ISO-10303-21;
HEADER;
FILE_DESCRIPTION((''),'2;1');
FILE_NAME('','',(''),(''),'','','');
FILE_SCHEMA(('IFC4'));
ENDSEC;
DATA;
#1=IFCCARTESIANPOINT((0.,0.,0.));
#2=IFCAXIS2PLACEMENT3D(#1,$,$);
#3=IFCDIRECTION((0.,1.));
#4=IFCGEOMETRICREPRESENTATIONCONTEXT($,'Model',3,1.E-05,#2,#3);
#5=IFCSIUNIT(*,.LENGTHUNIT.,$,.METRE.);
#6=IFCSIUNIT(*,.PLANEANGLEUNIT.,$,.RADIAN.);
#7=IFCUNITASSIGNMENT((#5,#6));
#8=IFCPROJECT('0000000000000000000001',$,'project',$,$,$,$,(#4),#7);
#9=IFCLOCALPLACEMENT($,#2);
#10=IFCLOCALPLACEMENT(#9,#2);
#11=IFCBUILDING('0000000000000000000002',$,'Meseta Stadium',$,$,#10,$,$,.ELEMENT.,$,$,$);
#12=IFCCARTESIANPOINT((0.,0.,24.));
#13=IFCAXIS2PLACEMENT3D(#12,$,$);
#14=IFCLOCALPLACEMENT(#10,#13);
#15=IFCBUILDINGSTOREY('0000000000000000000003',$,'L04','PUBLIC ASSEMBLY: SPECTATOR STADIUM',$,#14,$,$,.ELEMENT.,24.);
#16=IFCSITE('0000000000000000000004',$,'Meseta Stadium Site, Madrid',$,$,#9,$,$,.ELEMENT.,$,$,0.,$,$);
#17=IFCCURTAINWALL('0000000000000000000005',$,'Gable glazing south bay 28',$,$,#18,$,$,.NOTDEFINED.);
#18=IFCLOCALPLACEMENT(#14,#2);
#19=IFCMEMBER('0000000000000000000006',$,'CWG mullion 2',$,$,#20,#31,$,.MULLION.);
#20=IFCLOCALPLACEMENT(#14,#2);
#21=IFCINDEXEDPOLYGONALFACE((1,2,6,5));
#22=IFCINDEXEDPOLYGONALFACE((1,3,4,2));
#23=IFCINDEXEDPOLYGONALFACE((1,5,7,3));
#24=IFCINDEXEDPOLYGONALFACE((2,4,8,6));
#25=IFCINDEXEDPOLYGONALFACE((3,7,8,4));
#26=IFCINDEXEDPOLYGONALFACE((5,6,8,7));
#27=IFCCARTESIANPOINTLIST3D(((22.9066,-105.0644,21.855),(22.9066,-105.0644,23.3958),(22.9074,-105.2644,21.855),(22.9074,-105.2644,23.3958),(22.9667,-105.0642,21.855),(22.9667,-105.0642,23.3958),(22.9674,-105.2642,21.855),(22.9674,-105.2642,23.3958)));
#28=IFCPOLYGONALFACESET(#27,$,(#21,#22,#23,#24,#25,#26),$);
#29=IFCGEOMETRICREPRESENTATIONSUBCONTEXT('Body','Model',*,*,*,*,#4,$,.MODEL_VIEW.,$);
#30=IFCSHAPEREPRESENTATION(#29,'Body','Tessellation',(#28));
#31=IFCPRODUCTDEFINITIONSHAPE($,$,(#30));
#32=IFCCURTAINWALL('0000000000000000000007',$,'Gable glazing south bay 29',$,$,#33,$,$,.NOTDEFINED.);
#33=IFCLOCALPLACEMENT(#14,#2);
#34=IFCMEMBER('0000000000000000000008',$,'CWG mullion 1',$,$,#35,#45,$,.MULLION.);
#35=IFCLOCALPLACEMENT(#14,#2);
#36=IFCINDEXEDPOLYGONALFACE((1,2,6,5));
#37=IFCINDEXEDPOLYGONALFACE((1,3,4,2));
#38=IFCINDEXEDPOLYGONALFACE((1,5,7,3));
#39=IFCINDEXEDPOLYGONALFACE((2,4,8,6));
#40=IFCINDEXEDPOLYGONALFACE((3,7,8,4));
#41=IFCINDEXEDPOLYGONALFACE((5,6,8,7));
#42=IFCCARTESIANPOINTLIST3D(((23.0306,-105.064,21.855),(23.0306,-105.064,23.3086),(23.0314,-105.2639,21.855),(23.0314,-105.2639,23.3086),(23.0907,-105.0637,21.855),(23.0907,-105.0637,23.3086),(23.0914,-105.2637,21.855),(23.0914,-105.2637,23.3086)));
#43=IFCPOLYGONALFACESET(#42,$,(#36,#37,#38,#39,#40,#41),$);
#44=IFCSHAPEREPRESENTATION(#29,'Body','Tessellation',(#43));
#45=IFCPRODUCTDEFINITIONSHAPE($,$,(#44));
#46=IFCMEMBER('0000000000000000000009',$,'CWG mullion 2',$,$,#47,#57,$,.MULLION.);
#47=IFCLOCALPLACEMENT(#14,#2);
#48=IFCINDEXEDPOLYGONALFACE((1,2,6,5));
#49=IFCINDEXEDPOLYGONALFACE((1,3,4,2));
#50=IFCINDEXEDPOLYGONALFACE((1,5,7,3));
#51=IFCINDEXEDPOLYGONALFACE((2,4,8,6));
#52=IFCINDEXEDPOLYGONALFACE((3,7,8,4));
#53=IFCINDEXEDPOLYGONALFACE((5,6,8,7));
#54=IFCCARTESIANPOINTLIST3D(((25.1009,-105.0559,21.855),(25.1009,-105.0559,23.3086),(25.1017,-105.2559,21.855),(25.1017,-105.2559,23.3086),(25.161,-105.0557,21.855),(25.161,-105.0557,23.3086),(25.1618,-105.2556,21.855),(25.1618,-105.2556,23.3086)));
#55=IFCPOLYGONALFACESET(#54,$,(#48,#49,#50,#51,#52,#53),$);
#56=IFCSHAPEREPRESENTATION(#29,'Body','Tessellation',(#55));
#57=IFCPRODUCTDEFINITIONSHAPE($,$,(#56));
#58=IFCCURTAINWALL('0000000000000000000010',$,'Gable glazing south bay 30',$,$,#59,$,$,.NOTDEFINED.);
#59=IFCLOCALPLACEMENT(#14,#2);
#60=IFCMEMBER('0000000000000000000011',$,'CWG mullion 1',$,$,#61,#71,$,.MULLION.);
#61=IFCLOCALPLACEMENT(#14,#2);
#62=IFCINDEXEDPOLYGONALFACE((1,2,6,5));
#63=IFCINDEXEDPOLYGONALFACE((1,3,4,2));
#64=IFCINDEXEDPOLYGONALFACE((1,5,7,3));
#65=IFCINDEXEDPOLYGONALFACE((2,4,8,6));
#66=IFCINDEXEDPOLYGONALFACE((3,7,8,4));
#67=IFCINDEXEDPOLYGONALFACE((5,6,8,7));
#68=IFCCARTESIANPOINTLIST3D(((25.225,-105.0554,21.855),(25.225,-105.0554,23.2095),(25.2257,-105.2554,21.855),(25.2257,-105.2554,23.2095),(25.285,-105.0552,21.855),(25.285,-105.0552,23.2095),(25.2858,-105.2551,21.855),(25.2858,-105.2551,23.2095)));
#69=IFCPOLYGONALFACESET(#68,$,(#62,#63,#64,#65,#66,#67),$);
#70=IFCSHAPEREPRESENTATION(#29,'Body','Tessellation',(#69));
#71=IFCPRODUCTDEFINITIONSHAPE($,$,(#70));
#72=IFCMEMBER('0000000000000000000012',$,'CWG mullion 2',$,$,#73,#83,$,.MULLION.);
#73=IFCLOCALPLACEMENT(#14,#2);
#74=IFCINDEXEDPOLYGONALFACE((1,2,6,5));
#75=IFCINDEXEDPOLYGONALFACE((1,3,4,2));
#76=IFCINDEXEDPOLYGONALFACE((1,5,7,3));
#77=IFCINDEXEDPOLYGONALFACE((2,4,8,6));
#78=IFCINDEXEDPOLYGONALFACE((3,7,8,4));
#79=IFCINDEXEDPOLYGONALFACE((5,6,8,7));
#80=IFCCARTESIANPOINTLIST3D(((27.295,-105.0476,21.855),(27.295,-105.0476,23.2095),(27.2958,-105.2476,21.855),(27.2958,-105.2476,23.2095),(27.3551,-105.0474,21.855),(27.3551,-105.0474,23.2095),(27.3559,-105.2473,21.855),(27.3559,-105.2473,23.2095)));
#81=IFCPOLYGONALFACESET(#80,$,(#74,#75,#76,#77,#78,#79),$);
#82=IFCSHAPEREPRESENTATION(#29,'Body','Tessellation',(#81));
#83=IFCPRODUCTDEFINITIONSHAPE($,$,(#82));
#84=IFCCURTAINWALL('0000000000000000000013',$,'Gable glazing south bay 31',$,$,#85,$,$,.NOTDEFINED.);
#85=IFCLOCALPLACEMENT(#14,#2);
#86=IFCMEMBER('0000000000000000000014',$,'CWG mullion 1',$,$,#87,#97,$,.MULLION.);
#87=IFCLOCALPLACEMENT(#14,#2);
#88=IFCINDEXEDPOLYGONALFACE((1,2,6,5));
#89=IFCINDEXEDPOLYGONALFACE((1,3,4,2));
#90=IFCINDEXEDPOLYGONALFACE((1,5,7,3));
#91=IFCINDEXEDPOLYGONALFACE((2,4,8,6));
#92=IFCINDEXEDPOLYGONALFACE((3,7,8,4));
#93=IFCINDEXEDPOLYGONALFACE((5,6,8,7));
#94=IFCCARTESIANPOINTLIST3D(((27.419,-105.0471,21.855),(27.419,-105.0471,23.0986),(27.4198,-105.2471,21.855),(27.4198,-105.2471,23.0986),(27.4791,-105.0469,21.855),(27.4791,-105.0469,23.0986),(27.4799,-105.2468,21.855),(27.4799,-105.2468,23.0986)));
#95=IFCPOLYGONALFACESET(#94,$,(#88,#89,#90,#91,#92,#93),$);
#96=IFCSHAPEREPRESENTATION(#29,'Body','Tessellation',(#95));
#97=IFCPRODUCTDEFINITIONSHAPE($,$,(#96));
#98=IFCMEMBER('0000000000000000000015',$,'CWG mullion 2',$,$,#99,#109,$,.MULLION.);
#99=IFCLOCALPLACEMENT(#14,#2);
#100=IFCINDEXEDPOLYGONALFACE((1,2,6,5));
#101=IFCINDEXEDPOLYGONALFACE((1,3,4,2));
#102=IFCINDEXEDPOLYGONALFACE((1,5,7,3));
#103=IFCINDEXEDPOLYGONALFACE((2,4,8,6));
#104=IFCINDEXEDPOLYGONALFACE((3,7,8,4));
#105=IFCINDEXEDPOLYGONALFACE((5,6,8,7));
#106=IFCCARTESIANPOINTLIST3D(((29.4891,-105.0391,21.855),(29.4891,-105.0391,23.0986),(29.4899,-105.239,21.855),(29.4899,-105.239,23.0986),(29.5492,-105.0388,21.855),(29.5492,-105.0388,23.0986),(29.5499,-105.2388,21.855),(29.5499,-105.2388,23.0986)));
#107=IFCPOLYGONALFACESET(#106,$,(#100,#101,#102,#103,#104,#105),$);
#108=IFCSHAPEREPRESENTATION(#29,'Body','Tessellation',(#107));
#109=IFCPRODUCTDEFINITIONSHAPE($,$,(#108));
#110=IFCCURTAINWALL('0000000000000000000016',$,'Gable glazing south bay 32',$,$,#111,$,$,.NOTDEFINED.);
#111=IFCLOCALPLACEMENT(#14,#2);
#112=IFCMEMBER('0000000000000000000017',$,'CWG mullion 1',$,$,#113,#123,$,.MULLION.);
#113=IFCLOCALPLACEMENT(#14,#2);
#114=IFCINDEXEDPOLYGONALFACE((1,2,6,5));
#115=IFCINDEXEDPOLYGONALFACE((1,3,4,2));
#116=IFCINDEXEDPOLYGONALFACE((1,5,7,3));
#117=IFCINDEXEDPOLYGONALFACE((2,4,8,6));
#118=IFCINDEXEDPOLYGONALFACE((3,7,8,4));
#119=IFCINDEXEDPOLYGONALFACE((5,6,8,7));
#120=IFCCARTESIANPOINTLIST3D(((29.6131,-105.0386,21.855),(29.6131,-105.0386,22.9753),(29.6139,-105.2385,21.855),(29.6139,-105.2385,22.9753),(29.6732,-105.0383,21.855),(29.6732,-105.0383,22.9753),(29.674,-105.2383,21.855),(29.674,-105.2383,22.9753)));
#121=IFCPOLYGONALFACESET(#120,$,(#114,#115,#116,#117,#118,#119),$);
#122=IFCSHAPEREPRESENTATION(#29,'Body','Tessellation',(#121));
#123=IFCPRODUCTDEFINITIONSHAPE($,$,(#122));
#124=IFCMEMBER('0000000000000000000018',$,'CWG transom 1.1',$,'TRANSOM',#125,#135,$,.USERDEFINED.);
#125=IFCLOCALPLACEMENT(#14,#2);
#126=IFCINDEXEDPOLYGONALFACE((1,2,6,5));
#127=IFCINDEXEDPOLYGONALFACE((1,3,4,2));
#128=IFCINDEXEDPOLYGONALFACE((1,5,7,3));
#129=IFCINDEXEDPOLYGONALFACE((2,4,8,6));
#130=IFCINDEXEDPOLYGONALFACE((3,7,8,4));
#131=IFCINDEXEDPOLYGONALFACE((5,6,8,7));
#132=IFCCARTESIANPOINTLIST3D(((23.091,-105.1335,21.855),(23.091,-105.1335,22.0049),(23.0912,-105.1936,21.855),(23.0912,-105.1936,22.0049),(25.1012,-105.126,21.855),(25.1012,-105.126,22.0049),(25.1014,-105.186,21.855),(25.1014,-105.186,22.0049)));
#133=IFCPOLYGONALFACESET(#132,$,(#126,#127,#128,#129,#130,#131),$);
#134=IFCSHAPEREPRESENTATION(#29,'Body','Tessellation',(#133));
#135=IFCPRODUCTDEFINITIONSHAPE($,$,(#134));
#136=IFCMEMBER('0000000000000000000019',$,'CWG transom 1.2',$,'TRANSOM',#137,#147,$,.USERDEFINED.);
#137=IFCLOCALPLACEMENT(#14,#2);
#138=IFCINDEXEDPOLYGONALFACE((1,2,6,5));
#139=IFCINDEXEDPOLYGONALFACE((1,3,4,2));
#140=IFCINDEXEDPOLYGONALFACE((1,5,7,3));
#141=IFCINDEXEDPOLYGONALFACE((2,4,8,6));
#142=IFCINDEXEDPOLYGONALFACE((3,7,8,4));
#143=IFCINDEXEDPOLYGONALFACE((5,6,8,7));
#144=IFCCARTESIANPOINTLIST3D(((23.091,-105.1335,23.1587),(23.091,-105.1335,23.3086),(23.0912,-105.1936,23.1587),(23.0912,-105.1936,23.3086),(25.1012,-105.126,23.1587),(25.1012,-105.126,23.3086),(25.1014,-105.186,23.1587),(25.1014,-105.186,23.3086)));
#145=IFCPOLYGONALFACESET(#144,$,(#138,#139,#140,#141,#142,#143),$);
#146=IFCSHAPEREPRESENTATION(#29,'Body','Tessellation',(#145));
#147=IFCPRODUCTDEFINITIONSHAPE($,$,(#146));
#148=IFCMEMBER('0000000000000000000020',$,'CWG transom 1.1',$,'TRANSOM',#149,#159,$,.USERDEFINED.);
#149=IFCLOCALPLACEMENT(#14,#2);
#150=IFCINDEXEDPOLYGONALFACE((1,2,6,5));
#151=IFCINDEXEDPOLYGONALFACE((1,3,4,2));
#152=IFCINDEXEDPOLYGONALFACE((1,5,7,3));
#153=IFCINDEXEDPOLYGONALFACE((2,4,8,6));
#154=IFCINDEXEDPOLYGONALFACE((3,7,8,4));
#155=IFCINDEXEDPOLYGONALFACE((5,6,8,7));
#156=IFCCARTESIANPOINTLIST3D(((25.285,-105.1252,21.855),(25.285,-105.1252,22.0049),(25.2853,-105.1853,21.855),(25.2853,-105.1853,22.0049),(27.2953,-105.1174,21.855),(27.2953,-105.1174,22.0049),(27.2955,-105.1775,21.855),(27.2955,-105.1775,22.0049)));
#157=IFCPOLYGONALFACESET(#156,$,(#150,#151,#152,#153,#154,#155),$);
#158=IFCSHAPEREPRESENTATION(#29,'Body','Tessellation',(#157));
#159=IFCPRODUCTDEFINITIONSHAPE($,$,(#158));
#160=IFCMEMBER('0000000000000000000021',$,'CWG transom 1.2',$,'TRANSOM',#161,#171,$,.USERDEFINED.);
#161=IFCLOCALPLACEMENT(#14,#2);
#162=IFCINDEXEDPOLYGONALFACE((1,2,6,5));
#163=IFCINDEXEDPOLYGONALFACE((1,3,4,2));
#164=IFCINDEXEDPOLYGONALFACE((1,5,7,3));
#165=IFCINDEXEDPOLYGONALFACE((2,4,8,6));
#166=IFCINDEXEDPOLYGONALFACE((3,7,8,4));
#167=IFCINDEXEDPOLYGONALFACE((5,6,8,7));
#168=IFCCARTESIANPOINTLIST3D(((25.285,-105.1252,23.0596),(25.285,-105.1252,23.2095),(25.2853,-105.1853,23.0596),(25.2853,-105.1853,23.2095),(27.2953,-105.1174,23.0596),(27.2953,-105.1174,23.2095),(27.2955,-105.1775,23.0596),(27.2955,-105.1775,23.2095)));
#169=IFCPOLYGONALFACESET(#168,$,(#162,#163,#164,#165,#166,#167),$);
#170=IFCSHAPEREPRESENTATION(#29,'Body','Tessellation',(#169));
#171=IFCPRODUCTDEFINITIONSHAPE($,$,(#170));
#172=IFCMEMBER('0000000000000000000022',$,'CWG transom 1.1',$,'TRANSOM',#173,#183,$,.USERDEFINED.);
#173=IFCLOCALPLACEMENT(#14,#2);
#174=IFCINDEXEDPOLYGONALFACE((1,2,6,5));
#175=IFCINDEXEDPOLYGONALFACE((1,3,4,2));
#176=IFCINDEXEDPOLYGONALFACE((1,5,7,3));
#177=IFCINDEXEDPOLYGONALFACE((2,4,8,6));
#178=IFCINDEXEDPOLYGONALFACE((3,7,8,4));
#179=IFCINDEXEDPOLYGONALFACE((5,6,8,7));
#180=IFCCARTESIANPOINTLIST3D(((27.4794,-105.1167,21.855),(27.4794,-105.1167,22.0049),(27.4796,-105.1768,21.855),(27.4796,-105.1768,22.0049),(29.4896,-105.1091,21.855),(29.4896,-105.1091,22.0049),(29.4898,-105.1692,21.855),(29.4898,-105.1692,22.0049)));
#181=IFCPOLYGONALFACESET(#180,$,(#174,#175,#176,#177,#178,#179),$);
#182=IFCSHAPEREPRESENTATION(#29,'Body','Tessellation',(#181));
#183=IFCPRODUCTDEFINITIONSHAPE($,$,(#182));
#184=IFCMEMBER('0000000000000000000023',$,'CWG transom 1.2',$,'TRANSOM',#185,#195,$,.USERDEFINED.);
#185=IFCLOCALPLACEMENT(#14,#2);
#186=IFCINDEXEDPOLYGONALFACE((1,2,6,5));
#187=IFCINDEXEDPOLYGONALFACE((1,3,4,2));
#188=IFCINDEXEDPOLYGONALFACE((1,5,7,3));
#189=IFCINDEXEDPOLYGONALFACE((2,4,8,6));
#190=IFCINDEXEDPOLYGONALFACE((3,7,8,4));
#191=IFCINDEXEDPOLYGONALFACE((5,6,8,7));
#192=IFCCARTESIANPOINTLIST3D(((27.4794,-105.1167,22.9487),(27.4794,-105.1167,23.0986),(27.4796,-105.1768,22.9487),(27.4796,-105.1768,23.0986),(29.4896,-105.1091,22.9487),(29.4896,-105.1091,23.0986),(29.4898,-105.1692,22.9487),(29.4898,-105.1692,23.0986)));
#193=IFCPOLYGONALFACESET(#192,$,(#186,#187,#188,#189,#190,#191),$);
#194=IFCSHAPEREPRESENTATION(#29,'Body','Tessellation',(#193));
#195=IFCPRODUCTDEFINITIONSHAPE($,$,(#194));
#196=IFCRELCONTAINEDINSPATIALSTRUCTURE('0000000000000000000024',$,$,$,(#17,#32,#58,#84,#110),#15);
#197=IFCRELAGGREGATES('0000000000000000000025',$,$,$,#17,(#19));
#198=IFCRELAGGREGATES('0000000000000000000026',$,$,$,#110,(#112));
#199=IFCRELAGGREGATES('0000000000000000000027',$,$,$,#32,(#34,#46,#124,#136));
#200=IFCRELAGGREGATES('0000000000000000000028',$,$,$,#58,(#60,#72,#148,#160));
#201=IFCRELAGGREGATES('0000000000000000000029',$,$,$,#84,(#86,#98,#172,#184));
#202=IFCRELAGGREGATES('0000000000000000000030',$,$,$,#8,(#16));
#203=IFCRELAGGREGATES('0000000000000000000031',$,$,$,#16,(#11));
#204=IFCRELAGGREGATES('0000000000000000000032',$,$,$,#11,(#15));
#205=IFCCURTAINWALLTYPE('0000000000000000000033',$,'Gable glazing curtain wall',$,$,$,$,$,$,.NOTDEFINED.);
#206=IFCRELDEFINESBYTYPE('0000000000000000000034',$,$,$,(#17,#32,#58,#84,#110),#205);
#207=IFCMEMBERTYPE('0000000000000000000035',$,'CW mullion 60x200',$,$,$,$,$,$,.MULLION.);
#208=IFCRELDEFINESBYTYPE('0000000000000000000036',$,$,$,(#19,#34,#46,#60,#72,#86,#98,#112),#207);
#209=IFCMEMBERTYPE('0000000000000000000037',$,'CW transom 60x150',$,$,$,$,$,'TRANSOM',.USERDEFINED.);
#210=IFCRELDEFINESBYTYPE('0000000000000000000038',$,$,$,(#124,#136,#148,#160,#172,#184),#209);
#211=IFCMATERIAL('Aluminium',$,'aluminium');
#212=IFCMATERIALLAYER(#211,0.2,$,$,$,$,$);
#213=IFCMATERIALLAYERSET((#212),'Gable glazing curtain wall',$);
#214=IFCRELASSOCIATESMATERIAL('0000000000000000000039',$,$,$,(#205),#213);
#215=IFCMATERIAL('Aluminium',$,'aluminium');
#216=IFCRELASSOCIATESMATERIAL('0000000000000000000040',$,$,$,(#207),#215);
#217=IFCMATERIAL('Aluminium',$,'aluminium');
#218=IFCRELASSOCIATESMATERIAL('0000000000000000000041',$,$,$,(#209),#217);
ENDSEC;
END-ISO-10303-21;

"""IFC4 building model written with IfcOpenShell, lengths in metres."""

from ifc_helpers import new_model, si_unit, direction, frame, origin, origin_2d, place, context, subcontext, project, spatial, rectangle, extrude, material, layer, layer_set, material_profile, profile_set, type_object, element, aggregate, save


model = new_model("IFC4")

# Units and contexts
model_context = context("Model", 3, precision=1e-05, world=origin(), true_north=direction((0.0, 1.0)))
body_context = subcontext(model_context, "Body", "Model", "MODEL_VIEW")
ifc_project = project(units=[si_unit("LENGTHUNIT", "METRE"), si_unit("PLANEANGLEUNIT", "RADIAN")], contexts=[model_context])

# Site, building, storey
site_placement = place(None, origin())
site = spatial("IfcSite", under=ifc_project, at=site_placement, Name="Meseta Stadium Site, Madrid", CompositionType="ELEMENT", RefElevation=0.0)
building_placement = place(site_placement, origin())
building = spatial("IfcBuilding", under=site, at=building_placement, Name="Meseta Stadium", CompositionType="ELEMENT")
storey_placement = place(building_placement, frame((0.0, 0.0, 24.0)))
storey = spatial("IfcBuildingStorey", under=building, at=storey_placement, Name="L04", Description="PUBLIC ASSEMBLY: SPECTATOR STADIUM", CompositionType="ELEMENT", Elevation=24.0)

# Curtain wall, member
ifc_material_1 = material(Name="Aluminium", Category="aluminium")
ifc_layer_1 = layer(ifc_material_1, 0.2)
ifc_layer_set_1 = layer_set([ifc_layer_1], Name="Gable glazing curtain wall")
curtain_wall_type = type_object("IfcCurtainWallType", Name="Gable glazing curtain wall", PredefinedType="NOTDEFINED", material=ifc_layer_set_1)
curtain_wall_1_placement = place(storey_placement, origin())
curtain_wall_1 = element("IfcCurtainWall", 1, at=curtain_wall_1_placement, inside=storey, type_object=curtain_wall_type, Name="Gable glazing south bay 28", PredefinedType="NOTDEFINED")
ifc_material_2 = material(Name="Aluminium", Category="aluminium")
ifc_material_profile_1 = material_profile(ifc_material_2, rectangle(XDim=0.2, YDim=0.0601, at=origin_2d()), Name="CW 200x60")
ifc_profile_set_1 = profile_set([ifc_material_profile_1], Name="Aluminium")
member_type_1 = type_object("IfcMemberType", Name="CW mullion 60x200", PredefinedType="MULLION", material=ifc_profile_set_1)
member_1_placement = place(storey_placement, frame((22.937, -105.1643, 21.855), z_axis=(0.0, 0.0, 1.0), x_axis=(-0.003848, 0.999993, 0.0)))
member_1 = element("IfcMember", 2, at=member_1_placement, type_object=member_type_1, Name="CWG mullion 2", PredefinedType="MULLION", context=body_context, shape_type="SweptSolid", body=[
    extrude(rectangle(XDim=0.2, YDim=0.0601, at=origin_2d()), origin(), (0.0, 0.0, 1.0), 1.5408),
])
aggregate(curtain_wall_1, [member_1])

# Curtain walls, members
curtain_wall_2_placement = place(storey_placement, origin())
curtain_wall_2 = element("IfcCurtainWall", 3, at=curtain_wall_2_placement, inside=storey, type_object=curtain_wall_type, Name="Gable glazing south bay 29", PredefinedType="NOTDEFINED")
member_2_placement = place(storey_placement, frame((23.061, -105.1638, 21.855), z_axis=(0.0, 0.0, 1.0), x_axis=(-0.003848, 0.999993, 0.0)))
member_2 = element("IfcMember", 4, at=member_2_placement, type_object=member_type_1, Name="CWG mullion 1", PredefinedType="MULLION", context=body_context, shape_type="SweptSolid", body=[
    extrude(rectangle(XDim=0.2, YDim=0.0601, at=origin_2d()), origin(), (0.0, 0.0, 1.0), 1.4536),
])
member_3_placement = place(storey_placement, frame((25.1313, -105.1558, 21.855), z_axis=(0.0, 0.0, 1.0), x_axis=(-0.003848, 0.999993, 0.0)))
member_3 = element("IfcMember", 5, at=member_3_placement, type_object=member_type_1, Name="CWG mullion 2", PredefinedType="MULLION", context=body_context, shape_type="SweptSolid", body=[
    extrude(rectangle(XDim=0.2, YDim=0.0601, at=origin_2d()), origin(), (0.0, 0.0, 1.0), 1.4536),
])
curtain_wall_3_placement = place(storey_placement, origin())
curtain_wall_3 = element("IfcCurtainWall", 6, at=curtain_wall_3_placement, inside=storey, type_object=curtain_wall_type, Name="Gable glazing south bay 30", PredefinedType="NOTDEFINED")
member_4_placement = place(storey_placement, frame((25.2554, -105.1553, 21.855), z_axis=(0.0, 0.0, 1.0), x_axis=(-0.003848, 0.999993, 0.0)))
member_4 = element("IfcMember", 7, at=member_4_placement, type_object=member_type_1, Name="CWG mullion 1", PredefinedType="MULLION", context=body_context, shape_type="SweptSolid", body=[
    extrude(rectangle(XDim=0.2, YDim=0.0601, at=origin_2d()), origin(), (0.0, 0.0, 1.0), 1.3545),
])
member_5_placement = place(storey_placement, frame((27.3254, -105.1475, 21.855), z_axis=(0.0, 0.0, 1.0), x_axis=(-0.003848, 0.999993, 0.0)))
member_5 = element("IfcMember", 8, at=member_5_placement, type_object=member_type_1, Name="CWG mullion 2", PredefinedType="MULLION", context=body_context, shape_type="SweptSolid", body=[
    extrude(rectangle(XDim=0.2, YDim=0.0601, at=origin_2d()), origin(), (0.0, 0.0, 1.0), 1.3545),
])
curtain_wall_4_placement = place(storey_placement, origin())
curtain_wall_4 = element("IfcCurtainWall", 9, at=curtain_wall_4_placement, inside=storey, type_object=curtain_wall_type, Name="Gable glazing south bay 31", PredefinedType="NOTDEFINED")
member_6_placement = place(storey_placement, frame((27.4495, -105.147, 21.855), z_axis=(0.0, 0.0, 1.0), x_axis=(-0.003848, 0.999993, 0.0)))
member_6 = element("IfcMember", 10, at=member_6_placement, type_object=member_type_1, Name="CWG mullion 1", PredefinedType="MULLION", context=body_context, shape_type="SweptSolid", body=[
    extrude(rectangle(XDim=0.2, YDim=0.0601, at=origin_2d()), origin(), (0.0, 0.0, 1.0), 1.2437),
])
member_7_placement = place(storey_placement, frame((29.5195, -105.1389, 21.855), z_axis=(0.0, 0.0, 1.0), x_axis=(-0.003848, 0.999993, 0.0)))
member_7 = element("IfcMember", 11, at=member_7_placement, type_object=member_type_1, Name="CWG mullion 2", PredefinedType="MULLION", context=body_context, shape_type="SweptSolid", body=[
    extrude(rectangle(XDim=0.2, YDim=0.0601, at=origin_2d()), origin(), (0.0, 0.0, 1.0), 1.2437),
])

# Curtain wall, member
curtain_wall_5_placement = place(storey_placement, origin())
curtain_wall_5 = element("IfcCurtainWall", 12, at=curtain_wall_5_placement, inside=storey, type_object=curtain_wall_type, Name="Gable glazing south bay 32", PredefinedType="NOTDEFINED")
member_8_placement = place(storey_placement, frame((29.6436, -105.1384, 21.855), z_axis=(0.0, 0.0, 1.0), x_axis=(-0.003848, 0.999993, 0.0)))
member_8 = element("IfcMember", 13, at=member_8_placement, type_object=member_type_1, Name="CWG mullion 1", PredefinedType="MULLION", context=body_context, shape_type="SweptSolid", body=[
    extrude(rectangle(XDim=0.2, YDim=0.0601, at=origin_2d()), origin(), (0.0, 0.0, 1.0), 1.1204),
])

# Members
ifc_material_3 = material(Name="Aluminium", Category="aluminium")
ifc_material_profile_2 = material_profile(ifc_material_3, rectangle(XDim=0.0601, YDim=0.1499, at=origin_2d()), Name="CW 60x150")
ifc_profile_set_2 = profile_set([ifc_material_profile_2], Name="Aluminium")
member_type_2 = type_object("IfcMemberType", Name="CW transom 60x150", ElementType="TRANSOM", PredefinedType="USERDEFINED", material=ifc_profile_set_2)
member_9_placement = place(storey_placement, frame((23.0911, -105.1636, 21.9299), z_axis=(0.999993, 0.003765, 0.0), x_axis=(-0.003765, 0.999993, 0.0)))
member_9 = element("IfcMember", 14, at=member_9_placement, type_object=member_type_2, Name="CWG transom 1.1", ObjectType="TRANSOM", PredefinedType="USERDEFINED", context=body_context, shape_type="SweptSolid", body=[
    extrude(rectangle(XDim=0.0601, YDim=0.1499, at=origin_2d()), origin(), (0.0, 0.0, 1.0), 2.0103),
])
member_10_placement = place(storey_placement, frame((23.0911, -105.1636, 23.2336), z_axis=(0.999993, 0.003765, 0.0), x_axis=(-0.003765, 0.999993, 0.0)))
member_10 = element("IfcMember", 15, at=member_10_placement, type_object=member_type_2, Name="CWG transom 1.2", ObjectType="TRANSOM", PredefinedType="USERDEFINED", context=body_context, shape_type="SweptSolid", body=[
    extrude(rectangle(XDim=0.0601, YDim=0.1499, at=origin_2d()), origin(), (0.0, 0.0, 1.0), 2.0103),
])
member_11_placement = place(storey_placement, frame((25.2852, -105.1553, 21.9299), z_axis=(0.999992, 0.003886, 0.0), x_axis=(-0.003886, 0.999992, 0.0)))
member_11 = element("IfcMember", 16, at=member_11_placement, type_object=member_type_2, Name="CWG transom 1.1", ObjectType="TRANSOM", PredefinedType="USERDEFINED", context=body_context, shape_type="SweptSolid", body=[
    extrude(rectangle(XDim=0.0601, YDim=0.1499, at=origin_2d()), origin(), (0.0, 0.0, 1.0), 2.0103),
])
member_12_placement = place(storey_placement, frame((25.2852, -105.1553, 23.1345), z_axis=(0.999992, 0.003886, 0.0), x_axis=(-0.003886, 0.999992, 0.0)))
member_12 = element("IfcMember", 17, at=member_12_placement, type_object=member_type_2, Name="CWG transom 1.2", ObjectType="TRANSOM", PredefinedType="USERDEFINED", context=body_context, shape_type="SweptSolid", body=[
    extrude(rectangle(XDim=0.0601, YDim=0.1499, at=origin_2d()), origin(), (0.0, 0.0, 1.0), 2.0103),
])
member_13_placement = place(storey_placement, frame((27.4795, -105.1467, 21.9299), z_axis=(0.999993, 0.003765, 0.0), x_axis=(-0.003765, 0.999993, 0.0)))
member_13 = element("IfcMember", 18, at=member_13_placement, type_object=member_type_2, Name="CWG transom 1.1", ObjectType="TRANSOM", PredefinedType="USERDEFINED", context=body_context, shape_type="SweptSolid", body=[
    extrude(rectangle(XDim=0.0601, YDim=0.1499, at=origin_2d()), origin(), (0.0, 0.0, 1.0), 2.0103),
])
member_14_placement = place(storey_placement, frame((27.4795, -105.1467, 23.0237), z_axis=(0.999993, 0.003765, 0.0), x_axis=(-0.003765, 0.999993, 0.0)))
member_14 = element("IfcMember", 19, at=member_14_placement, type_object=member_type_2, Name="CWG transom 1.2", ObjectType="TRANSOM", PredefinedType="USERDEFINED", context=body_context, shape_type="SweptSolid", body=[
    extrude(rectangle(XDim=0.0601, YDim=0.1499, at=origin_2d()), origin(), (0.0, 0.0, 1.0), 2.0103),
])
aggregate(curtain_wall_5, [member_8])

aggregate(curtain_wall_2, [member_2, member_3, member_9, member_10])
aggregate(curtain_wall_3, [member_4, member_5, member_11, member_12])
aggregate(curtain_wall_4, [member_6, member_7, member_13, member_14])

save(model, "model.ifc")
